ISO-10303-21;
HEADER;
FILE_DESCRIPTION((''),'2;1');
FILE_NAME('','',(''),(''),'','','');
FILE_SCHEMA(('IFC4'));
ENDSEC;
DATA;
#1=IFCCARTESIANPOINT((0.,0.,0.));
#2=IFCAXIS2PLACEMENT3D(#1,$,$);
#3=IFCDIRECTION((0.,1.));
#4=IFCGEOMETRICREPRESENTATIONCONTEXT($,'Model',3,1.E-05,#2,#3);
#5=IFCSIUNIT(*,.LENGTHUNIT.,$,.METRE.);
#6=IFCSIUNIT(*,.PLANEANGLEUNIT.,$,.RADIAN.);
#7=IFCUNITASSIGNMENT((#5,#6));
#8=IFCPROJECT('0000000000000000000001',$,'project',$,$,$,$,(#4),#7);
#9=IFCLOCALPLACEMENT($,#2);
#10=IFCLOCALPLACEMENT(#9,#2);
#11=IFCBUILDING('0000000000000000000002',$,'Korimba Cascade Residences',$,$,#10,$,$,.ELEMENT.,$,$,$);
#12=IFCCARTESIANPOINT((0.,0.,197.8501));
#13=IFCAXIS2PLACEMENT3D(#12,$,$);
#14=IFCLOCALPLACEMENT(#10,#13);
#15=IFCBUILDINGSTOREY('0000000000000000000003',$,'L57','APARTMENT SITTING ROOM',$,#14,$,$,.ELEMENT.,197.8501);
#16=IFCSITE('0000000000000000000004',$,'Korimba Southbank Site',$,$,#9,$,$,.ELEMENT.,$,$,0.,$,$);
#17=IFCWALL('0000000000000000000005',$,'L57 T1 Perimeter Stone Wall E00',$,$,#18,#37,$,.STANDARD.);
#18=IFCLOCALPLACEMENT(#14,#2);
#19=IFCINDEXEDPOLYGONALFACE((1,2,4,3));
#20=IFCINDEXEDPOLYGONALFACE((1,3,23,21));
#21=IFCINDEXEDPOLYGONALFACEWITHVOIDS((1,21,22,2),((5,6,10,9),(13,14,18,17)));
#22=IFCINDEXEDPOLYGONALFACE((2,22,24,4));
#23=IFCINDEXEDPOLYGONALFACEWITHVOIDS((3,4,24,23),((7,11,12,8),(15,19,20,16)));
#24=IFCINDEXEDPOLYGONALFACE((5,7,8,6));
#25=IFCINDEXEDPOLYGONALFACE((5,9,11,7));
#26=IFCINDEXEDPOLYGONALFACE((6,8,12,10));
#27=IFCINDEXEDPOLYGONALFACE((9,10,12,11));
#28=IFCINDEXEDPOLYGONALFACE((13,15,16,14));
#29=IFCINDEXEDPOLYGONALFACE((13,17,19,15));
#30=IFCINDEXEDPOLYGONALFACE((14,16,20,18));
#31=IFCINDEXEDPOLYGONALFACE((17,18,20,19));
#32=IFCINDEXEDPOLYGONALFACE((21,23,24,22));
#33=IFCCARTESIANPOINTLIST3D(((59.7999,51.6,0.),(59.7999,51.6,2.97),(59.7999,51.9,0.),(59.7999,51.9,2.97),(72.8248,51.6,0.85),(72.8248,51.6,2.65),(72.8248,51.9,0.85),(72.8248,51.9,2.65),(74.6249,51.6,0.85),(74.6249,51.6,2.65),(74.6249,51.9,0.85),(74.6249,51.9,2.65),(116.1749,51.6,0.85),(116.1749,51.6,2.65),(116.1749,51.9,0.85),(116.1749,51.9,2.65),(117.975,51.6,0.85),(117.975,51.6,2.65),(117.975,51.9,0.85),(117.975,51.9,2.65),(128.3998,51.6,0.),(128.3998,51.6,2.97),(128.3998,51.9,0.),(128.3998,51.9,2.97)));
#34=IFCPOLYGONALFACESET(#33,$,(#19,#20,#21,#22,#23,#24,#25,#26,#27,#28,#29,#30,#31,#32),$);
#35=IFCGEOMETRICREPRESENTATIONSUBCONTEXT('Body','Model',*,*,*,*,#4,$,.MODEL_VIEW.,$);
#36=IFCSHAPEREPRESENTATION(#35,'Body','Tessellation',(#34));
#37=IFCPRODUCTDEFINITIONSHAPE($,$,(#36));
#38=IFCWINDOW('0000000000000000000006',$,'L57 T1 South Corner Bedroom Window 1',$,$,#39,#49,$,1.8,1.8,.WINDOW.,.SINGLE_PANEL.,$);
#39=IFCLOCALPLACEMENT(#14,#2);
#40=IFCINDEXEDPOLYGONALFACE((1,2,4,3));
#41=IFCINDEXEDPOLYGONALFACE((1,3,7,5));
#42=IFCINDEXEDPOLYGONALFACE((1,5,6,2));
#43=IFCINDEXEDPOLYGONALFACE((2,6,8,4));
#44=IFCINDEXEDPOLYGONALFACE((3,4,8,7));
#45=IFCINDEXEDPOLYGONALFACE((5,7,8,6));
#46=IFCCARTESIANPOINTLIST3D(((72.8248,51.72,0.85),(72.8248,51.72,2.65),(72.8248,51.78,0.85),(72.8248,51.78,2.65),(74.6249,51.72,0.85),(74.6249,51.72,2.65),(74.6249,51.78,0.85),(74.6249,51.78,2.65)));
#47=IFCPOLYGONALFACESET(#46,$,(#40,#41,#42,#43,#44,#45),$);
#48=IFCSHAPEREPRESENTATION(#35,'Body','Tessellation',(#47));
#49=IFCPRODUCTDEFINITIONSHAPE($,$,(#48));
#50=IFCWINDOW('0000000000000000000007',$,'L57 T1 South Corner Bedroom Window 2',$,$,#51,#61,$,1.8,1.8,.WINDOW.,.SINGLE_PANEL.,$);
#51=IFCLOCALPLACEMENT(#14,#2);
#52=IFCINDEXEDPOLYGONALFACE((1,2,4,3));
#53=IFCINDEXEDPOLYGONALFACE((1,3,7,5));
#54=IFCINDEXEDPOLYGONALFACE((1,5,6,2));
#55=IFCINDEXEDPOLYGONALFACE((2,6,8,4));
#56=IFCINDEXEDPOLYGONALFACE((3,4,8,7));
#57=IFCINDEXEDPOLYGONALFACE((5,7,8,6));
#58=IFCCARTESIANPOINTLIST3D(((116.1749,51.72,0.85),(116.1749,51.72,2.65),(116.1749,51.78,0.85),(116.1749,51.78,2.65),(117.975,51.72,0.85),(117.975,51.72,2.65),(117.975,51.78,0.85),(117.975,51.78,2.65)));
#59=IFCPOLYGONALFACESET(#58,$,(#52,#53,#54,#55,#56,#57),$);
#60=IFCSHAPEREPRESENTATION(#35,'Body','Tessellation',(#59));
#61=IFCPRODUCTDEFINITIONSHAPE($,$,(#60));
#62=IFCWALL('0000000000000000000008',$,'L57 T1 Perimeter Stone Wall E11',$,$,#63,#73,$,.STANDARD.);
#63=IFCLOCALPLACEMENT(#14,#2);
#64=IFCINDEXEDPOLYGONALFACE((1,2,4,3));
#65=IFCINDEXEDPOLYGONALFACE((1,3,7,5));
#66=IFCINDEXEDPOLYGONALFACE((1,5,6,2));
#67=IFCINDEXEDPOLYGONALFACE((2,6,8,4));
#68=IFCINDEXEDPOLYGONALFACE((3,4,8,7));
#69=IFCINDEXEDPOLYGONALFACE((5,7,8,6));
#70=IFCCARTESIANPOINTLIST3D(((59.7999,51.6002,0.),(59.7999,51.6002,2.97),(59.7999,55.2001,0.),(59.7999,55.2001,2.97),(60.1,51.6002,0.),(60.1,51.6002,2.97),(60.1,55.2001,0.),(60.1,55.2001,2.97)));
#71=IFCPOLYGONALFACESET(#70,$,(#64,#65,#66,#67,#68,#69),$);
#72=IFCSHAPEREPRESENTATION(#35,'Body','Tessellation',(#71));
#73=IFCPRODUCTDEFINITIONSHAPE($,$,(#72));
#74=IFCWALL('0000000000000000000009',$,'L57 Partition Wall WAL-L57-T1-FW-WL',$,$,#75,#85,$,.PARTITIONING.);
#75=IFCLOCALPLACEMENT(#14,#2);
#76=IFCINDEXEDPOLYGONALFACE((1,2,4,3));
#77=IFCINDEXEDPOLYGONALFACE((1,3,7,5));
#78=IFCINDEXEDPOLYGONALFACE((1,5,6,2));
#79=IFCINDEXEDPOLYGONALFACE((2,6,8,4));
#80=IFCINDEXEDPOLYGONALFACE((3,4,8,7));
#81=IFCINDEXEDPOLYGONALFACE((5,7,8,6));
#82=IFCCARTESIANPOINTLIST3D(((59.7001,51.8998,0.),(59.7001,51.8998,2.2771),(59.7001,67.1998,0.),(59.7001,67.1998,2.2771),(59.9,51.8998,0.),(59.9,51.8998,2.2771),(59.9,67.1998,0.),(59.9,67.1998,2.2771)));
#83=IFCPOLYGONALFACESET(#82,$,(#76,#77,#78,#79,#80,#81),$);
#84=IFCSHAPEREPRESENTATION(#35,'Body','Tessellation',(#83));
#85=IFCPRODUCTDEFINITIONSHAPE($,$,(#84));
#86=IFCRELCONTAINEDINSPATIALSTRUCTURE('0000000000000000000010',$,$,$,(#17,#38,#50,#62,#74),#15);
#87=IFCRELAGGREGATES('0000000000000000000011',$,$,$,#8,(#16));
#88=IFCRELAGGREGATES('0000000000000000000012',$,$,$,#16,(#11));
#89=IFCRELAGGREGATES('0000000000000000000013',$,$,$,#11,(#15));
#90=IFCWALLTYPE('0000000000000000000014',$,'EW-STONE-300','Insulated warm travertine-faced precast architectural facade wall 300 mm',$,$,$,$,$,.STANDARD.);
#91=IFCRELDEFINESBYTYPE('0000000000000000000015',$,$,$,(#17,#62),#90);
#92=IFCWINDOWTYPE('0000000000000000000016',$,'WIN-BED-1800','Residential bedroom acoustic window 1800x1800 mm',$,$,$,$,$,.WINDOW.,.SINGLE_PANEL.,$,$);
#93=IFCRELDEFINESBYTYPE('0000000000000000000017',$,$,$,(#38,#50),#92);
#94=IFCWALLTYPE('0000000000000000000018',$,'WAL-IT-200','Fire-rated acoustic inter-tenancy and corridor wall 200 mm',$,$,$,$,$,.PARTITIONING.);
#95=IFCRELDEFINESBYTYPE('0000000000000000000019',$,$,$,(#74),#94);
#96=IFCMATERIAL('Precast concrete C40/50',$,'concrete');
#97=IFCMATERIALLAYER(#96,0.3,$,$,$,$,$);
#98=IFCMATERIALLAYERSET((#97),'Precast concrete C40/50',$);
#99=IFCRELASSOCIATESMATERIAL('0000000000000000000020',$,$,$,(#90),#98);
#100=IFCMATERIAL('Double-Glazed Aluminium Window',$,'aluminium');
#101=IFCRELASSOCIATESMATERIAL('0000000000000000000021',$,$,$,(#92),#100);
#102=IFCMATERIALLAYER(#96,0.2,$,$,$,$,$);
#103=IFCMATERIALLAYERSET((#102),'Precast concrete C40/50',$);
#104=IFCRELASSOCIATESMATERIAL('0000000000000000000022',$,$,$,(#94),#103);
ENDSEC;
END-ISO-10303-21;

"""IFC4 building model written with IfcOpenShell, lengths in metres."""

from ifc_helpers import new_model, si_unit, direction, frame, frame_2d, origin, place, context, subcontext, project, spatial, rectangle, extrude, material, layer, layer_set, type_object, element, fill, save


model = new_model("IFC4")

# Units and contexts
model_context = context("Model", 3, precision=1e-05, world=origin(), true_north=direction((0.0, 1.0)))
body_context = subcontext(model_context, "Body", "Model", "MODEL_VIEW")
ifc_project = project(units=[si_unit("LENGTHUNIT", "METRE"), si_unit("PLANEANGLEUNIT", "RADIAN")], contexts=[model_context])

# Site, building, storey
site_placement = place(None, origin())
site = spatial("IfcSite", under=ifc_project, at=site_placement, Name="Korimba Southbank Site", CompositionType="ELEMENT", RefElevation=0.0)
building_placement = place(site_placement, origin())
building = spatial("IfcBuilding", under=site, at=building_placement, Name="Korimba Cascade Residences", CompositionType="ELEMENT")
storey_placement = place(building_placement, frame((0.0, 0.0, 197.8501)))
storey = spatial("IfcBuildingStorey", under=building, at=storey_placement, Name="L57", Description="APARTMENT SITTING ROOM", CompositionType="ELEMENT", Elevation=197.8501)

# Shared definitions
ifc_material_1 = material(Name="Precast concrete C40/50", Category="concrete")

# Wall, openings, windows
ifc_layer_1 = layer(ifc_material_1, 0.3)
ifc_layer_set_1 = layer_set([ifc_layer_1], Name="Precast concrete C40/50")
wall_type_1 = type_object("IfcWallType", Name="EW-STONE-300", Description="Insulated warm travertine-faced precast architectural facade wall 300 mm", PredefinedType="STANDARD", material=ifc_layer_set_1)
wall_1_placement = place(storey_placement, frame((59.8, 51.75, 0.0), z_axis=(0.0, 0.0, 1.0), x_axis=(1.0, 0.0, 0.0)))
wall_1 = element("IfcWall", 1, at=wall_1_placement, inside=storey, type_object=wall_type_1, Name="L57 T1 Perimeter Stone Wall E00", PredefinedType="STANDARD", context=body_context, shape_type="SweptSolid", body=[
    extrude(rectangle(XDim=68.5999, YDim=0.3, at=frame_2d((34.2998, 0.0))), origin(), (0.0, 0.0, 1.0), 2.97),
])
opening_1_placement = place(wall_1_placement, frame((13.0249, 0.0, 0.8501)))
opening_1 = element("IfcOpeningElement", 2, at=opening_1_placement, cuts=wall_1, PredefinedType="OPENING", context=body_context, shape_type="SweptSolid", body=[
    extrude(rectangle(XDim=1.8, YDim=1.8, at=frame_2d((0.8999, 0.8999))), frame((0.0, 0.1602, 0.0), z_axis=(0.0, -1.0, 0.0), x_axis=(1.0, 0.0, 0.0)), (0.0, 0.0, 1.0), 0.3201),
])
opening_2_placement = place(wall_1_placement, frame((56.375, 0.0, 0.8501)))
opening_2 = element("IfcOpeningElement", 3, at=opening_2_placement, cuts=wall_1, PredefinedType="OPENING", context=body_context, shape_type="SweptSolid", body=[
    extrude(rectangle(XDim=1.8, YDim=1.8, at=frame_2d((0.8999, 0.8999))), frame((0.0, 0.1602, 0.0), z_axis=(0.0, -1.0, 0.0), x_axis=(1.0, 0.0, 0.0)), (0.0, 0.0, 1.0), 0.3201),
])
ifc_material_2 = material(Name="Double-Glazed Aluminium Window", Category="aluminium")
window_type = type_object("IfcWindowType", Name="WIN-BED-1800", Description="Residential bedroom acoustic window 1800x1800 mm", PartitioningType="SINGLE_PANEL", PredefinedType="WINDOW", material=ifc_material_2)
window_1_placement = place(opening_1_placement, origin())
window_1 = element("IfcWindow", 4, at=window_1_placement, inside=storey, type_object=window_type, Name="L57 T1 South Corner Bedroom Window 1", OverallHeight=1.8, OverallWidth=1.8, PartitioningType="SINGLE_PANEL", PredefinedType="WINDOW", context=body_context, shape_type="SweptSolid", body=[
    extrude(rectangle(XDim=1.8, YDim=1.8, at=frame_2d((0.8999, 0.8999))), frame((0.0, 0.03, 0.0), z_axis=(0.0, -1.0, 0.0), x_axis=(1.0, 0.0, 0.0)), (0.0, 0.0, 1.0), 0.0601),
])
fill(opening_1, window_1)
window_2_placement = place(opening_2_placement, origin())
window_2 = element("IfcWindow", 5, at=window_2_placement, inside=storey, type_object=window_type, Name="L57 T1 South Corner Bedroom Window 2", OverallHeight=1.8, OverallWidth=1.8, PartitioningType="SINGLE_PANEL", PredefinedType="WINDOW", context=body_context, shape_type="SweptSolid", body=[
    extrude(rectangle(XDim=1.8, YDim=1.8, at=frame_2d((0.8999, 0.8999))), frame((0.0, 0.03, 0.0), z_axis=(0.0, -1.0, 0.0), x_axis=(1.0, 0.0, 0.0)), (0.0, 0.0, 1.0), 0.0601),
])
fill(opening_2, window_2)

# Walls
wall_2_placement = place(storey_placement, frame((59.95, 55.2, 0.0), z_axis=(0.0, 0.0, 1.0), x_axis=(0.0, -1.0, 0.0)))
element("IfcWall", 6, at=wall_2_placement, inside=storey, type_object=wall_type_1, Name="L57 T1 Perimeter Stone Wall E11", PredefinedType="STANDARD", context=body_context, shape_type="SweptSolid", body=[
    extrude(rectangle(XDim=3.5999, YDim=0.3, at=frame_2d((1.7998, 0.0))), origin(), (0.0, 0.0, 1.0), 2.97),
])
ifc_layer_2 = layer(ifc_material_1, 0.2)
ifc_layer_set_2 = layer_set([ifc_layer_2], Name="Precast concrete C40/50")
wall_type_2 = type_object("IfcWallType", Name="WAL-IT-200", Description="Fire-rated acoustic inter-tenancy and corridor wall 200 mm", PredefinedType="PARTITIONING", material=ifc_layer_set_2)
wall_3_placement = place(storey_placement, frame((59.8, 51.8999, 0.0), z_axis=(0.0, 0.0, 1.0), x_axis=(0.0, 1.0, 0.0)))
element("IfcWall", 7, at=wall_3_placement, inside=storey, type_object=wall_type_2, Name="L57 Partition Wall WAL-L57-T1-FW-WL", PredefinedType="PARTITIONING", context=body_context, shape_type="SweptSolid", body=[
    extrude(rectangle(XDim=15.3, YDim=0.2, at=frame_2d((7.6499, 0.0))), origin(), (0.0, 0.0, 1.0), 2.2771),
])

save(model, "model.ifc")
